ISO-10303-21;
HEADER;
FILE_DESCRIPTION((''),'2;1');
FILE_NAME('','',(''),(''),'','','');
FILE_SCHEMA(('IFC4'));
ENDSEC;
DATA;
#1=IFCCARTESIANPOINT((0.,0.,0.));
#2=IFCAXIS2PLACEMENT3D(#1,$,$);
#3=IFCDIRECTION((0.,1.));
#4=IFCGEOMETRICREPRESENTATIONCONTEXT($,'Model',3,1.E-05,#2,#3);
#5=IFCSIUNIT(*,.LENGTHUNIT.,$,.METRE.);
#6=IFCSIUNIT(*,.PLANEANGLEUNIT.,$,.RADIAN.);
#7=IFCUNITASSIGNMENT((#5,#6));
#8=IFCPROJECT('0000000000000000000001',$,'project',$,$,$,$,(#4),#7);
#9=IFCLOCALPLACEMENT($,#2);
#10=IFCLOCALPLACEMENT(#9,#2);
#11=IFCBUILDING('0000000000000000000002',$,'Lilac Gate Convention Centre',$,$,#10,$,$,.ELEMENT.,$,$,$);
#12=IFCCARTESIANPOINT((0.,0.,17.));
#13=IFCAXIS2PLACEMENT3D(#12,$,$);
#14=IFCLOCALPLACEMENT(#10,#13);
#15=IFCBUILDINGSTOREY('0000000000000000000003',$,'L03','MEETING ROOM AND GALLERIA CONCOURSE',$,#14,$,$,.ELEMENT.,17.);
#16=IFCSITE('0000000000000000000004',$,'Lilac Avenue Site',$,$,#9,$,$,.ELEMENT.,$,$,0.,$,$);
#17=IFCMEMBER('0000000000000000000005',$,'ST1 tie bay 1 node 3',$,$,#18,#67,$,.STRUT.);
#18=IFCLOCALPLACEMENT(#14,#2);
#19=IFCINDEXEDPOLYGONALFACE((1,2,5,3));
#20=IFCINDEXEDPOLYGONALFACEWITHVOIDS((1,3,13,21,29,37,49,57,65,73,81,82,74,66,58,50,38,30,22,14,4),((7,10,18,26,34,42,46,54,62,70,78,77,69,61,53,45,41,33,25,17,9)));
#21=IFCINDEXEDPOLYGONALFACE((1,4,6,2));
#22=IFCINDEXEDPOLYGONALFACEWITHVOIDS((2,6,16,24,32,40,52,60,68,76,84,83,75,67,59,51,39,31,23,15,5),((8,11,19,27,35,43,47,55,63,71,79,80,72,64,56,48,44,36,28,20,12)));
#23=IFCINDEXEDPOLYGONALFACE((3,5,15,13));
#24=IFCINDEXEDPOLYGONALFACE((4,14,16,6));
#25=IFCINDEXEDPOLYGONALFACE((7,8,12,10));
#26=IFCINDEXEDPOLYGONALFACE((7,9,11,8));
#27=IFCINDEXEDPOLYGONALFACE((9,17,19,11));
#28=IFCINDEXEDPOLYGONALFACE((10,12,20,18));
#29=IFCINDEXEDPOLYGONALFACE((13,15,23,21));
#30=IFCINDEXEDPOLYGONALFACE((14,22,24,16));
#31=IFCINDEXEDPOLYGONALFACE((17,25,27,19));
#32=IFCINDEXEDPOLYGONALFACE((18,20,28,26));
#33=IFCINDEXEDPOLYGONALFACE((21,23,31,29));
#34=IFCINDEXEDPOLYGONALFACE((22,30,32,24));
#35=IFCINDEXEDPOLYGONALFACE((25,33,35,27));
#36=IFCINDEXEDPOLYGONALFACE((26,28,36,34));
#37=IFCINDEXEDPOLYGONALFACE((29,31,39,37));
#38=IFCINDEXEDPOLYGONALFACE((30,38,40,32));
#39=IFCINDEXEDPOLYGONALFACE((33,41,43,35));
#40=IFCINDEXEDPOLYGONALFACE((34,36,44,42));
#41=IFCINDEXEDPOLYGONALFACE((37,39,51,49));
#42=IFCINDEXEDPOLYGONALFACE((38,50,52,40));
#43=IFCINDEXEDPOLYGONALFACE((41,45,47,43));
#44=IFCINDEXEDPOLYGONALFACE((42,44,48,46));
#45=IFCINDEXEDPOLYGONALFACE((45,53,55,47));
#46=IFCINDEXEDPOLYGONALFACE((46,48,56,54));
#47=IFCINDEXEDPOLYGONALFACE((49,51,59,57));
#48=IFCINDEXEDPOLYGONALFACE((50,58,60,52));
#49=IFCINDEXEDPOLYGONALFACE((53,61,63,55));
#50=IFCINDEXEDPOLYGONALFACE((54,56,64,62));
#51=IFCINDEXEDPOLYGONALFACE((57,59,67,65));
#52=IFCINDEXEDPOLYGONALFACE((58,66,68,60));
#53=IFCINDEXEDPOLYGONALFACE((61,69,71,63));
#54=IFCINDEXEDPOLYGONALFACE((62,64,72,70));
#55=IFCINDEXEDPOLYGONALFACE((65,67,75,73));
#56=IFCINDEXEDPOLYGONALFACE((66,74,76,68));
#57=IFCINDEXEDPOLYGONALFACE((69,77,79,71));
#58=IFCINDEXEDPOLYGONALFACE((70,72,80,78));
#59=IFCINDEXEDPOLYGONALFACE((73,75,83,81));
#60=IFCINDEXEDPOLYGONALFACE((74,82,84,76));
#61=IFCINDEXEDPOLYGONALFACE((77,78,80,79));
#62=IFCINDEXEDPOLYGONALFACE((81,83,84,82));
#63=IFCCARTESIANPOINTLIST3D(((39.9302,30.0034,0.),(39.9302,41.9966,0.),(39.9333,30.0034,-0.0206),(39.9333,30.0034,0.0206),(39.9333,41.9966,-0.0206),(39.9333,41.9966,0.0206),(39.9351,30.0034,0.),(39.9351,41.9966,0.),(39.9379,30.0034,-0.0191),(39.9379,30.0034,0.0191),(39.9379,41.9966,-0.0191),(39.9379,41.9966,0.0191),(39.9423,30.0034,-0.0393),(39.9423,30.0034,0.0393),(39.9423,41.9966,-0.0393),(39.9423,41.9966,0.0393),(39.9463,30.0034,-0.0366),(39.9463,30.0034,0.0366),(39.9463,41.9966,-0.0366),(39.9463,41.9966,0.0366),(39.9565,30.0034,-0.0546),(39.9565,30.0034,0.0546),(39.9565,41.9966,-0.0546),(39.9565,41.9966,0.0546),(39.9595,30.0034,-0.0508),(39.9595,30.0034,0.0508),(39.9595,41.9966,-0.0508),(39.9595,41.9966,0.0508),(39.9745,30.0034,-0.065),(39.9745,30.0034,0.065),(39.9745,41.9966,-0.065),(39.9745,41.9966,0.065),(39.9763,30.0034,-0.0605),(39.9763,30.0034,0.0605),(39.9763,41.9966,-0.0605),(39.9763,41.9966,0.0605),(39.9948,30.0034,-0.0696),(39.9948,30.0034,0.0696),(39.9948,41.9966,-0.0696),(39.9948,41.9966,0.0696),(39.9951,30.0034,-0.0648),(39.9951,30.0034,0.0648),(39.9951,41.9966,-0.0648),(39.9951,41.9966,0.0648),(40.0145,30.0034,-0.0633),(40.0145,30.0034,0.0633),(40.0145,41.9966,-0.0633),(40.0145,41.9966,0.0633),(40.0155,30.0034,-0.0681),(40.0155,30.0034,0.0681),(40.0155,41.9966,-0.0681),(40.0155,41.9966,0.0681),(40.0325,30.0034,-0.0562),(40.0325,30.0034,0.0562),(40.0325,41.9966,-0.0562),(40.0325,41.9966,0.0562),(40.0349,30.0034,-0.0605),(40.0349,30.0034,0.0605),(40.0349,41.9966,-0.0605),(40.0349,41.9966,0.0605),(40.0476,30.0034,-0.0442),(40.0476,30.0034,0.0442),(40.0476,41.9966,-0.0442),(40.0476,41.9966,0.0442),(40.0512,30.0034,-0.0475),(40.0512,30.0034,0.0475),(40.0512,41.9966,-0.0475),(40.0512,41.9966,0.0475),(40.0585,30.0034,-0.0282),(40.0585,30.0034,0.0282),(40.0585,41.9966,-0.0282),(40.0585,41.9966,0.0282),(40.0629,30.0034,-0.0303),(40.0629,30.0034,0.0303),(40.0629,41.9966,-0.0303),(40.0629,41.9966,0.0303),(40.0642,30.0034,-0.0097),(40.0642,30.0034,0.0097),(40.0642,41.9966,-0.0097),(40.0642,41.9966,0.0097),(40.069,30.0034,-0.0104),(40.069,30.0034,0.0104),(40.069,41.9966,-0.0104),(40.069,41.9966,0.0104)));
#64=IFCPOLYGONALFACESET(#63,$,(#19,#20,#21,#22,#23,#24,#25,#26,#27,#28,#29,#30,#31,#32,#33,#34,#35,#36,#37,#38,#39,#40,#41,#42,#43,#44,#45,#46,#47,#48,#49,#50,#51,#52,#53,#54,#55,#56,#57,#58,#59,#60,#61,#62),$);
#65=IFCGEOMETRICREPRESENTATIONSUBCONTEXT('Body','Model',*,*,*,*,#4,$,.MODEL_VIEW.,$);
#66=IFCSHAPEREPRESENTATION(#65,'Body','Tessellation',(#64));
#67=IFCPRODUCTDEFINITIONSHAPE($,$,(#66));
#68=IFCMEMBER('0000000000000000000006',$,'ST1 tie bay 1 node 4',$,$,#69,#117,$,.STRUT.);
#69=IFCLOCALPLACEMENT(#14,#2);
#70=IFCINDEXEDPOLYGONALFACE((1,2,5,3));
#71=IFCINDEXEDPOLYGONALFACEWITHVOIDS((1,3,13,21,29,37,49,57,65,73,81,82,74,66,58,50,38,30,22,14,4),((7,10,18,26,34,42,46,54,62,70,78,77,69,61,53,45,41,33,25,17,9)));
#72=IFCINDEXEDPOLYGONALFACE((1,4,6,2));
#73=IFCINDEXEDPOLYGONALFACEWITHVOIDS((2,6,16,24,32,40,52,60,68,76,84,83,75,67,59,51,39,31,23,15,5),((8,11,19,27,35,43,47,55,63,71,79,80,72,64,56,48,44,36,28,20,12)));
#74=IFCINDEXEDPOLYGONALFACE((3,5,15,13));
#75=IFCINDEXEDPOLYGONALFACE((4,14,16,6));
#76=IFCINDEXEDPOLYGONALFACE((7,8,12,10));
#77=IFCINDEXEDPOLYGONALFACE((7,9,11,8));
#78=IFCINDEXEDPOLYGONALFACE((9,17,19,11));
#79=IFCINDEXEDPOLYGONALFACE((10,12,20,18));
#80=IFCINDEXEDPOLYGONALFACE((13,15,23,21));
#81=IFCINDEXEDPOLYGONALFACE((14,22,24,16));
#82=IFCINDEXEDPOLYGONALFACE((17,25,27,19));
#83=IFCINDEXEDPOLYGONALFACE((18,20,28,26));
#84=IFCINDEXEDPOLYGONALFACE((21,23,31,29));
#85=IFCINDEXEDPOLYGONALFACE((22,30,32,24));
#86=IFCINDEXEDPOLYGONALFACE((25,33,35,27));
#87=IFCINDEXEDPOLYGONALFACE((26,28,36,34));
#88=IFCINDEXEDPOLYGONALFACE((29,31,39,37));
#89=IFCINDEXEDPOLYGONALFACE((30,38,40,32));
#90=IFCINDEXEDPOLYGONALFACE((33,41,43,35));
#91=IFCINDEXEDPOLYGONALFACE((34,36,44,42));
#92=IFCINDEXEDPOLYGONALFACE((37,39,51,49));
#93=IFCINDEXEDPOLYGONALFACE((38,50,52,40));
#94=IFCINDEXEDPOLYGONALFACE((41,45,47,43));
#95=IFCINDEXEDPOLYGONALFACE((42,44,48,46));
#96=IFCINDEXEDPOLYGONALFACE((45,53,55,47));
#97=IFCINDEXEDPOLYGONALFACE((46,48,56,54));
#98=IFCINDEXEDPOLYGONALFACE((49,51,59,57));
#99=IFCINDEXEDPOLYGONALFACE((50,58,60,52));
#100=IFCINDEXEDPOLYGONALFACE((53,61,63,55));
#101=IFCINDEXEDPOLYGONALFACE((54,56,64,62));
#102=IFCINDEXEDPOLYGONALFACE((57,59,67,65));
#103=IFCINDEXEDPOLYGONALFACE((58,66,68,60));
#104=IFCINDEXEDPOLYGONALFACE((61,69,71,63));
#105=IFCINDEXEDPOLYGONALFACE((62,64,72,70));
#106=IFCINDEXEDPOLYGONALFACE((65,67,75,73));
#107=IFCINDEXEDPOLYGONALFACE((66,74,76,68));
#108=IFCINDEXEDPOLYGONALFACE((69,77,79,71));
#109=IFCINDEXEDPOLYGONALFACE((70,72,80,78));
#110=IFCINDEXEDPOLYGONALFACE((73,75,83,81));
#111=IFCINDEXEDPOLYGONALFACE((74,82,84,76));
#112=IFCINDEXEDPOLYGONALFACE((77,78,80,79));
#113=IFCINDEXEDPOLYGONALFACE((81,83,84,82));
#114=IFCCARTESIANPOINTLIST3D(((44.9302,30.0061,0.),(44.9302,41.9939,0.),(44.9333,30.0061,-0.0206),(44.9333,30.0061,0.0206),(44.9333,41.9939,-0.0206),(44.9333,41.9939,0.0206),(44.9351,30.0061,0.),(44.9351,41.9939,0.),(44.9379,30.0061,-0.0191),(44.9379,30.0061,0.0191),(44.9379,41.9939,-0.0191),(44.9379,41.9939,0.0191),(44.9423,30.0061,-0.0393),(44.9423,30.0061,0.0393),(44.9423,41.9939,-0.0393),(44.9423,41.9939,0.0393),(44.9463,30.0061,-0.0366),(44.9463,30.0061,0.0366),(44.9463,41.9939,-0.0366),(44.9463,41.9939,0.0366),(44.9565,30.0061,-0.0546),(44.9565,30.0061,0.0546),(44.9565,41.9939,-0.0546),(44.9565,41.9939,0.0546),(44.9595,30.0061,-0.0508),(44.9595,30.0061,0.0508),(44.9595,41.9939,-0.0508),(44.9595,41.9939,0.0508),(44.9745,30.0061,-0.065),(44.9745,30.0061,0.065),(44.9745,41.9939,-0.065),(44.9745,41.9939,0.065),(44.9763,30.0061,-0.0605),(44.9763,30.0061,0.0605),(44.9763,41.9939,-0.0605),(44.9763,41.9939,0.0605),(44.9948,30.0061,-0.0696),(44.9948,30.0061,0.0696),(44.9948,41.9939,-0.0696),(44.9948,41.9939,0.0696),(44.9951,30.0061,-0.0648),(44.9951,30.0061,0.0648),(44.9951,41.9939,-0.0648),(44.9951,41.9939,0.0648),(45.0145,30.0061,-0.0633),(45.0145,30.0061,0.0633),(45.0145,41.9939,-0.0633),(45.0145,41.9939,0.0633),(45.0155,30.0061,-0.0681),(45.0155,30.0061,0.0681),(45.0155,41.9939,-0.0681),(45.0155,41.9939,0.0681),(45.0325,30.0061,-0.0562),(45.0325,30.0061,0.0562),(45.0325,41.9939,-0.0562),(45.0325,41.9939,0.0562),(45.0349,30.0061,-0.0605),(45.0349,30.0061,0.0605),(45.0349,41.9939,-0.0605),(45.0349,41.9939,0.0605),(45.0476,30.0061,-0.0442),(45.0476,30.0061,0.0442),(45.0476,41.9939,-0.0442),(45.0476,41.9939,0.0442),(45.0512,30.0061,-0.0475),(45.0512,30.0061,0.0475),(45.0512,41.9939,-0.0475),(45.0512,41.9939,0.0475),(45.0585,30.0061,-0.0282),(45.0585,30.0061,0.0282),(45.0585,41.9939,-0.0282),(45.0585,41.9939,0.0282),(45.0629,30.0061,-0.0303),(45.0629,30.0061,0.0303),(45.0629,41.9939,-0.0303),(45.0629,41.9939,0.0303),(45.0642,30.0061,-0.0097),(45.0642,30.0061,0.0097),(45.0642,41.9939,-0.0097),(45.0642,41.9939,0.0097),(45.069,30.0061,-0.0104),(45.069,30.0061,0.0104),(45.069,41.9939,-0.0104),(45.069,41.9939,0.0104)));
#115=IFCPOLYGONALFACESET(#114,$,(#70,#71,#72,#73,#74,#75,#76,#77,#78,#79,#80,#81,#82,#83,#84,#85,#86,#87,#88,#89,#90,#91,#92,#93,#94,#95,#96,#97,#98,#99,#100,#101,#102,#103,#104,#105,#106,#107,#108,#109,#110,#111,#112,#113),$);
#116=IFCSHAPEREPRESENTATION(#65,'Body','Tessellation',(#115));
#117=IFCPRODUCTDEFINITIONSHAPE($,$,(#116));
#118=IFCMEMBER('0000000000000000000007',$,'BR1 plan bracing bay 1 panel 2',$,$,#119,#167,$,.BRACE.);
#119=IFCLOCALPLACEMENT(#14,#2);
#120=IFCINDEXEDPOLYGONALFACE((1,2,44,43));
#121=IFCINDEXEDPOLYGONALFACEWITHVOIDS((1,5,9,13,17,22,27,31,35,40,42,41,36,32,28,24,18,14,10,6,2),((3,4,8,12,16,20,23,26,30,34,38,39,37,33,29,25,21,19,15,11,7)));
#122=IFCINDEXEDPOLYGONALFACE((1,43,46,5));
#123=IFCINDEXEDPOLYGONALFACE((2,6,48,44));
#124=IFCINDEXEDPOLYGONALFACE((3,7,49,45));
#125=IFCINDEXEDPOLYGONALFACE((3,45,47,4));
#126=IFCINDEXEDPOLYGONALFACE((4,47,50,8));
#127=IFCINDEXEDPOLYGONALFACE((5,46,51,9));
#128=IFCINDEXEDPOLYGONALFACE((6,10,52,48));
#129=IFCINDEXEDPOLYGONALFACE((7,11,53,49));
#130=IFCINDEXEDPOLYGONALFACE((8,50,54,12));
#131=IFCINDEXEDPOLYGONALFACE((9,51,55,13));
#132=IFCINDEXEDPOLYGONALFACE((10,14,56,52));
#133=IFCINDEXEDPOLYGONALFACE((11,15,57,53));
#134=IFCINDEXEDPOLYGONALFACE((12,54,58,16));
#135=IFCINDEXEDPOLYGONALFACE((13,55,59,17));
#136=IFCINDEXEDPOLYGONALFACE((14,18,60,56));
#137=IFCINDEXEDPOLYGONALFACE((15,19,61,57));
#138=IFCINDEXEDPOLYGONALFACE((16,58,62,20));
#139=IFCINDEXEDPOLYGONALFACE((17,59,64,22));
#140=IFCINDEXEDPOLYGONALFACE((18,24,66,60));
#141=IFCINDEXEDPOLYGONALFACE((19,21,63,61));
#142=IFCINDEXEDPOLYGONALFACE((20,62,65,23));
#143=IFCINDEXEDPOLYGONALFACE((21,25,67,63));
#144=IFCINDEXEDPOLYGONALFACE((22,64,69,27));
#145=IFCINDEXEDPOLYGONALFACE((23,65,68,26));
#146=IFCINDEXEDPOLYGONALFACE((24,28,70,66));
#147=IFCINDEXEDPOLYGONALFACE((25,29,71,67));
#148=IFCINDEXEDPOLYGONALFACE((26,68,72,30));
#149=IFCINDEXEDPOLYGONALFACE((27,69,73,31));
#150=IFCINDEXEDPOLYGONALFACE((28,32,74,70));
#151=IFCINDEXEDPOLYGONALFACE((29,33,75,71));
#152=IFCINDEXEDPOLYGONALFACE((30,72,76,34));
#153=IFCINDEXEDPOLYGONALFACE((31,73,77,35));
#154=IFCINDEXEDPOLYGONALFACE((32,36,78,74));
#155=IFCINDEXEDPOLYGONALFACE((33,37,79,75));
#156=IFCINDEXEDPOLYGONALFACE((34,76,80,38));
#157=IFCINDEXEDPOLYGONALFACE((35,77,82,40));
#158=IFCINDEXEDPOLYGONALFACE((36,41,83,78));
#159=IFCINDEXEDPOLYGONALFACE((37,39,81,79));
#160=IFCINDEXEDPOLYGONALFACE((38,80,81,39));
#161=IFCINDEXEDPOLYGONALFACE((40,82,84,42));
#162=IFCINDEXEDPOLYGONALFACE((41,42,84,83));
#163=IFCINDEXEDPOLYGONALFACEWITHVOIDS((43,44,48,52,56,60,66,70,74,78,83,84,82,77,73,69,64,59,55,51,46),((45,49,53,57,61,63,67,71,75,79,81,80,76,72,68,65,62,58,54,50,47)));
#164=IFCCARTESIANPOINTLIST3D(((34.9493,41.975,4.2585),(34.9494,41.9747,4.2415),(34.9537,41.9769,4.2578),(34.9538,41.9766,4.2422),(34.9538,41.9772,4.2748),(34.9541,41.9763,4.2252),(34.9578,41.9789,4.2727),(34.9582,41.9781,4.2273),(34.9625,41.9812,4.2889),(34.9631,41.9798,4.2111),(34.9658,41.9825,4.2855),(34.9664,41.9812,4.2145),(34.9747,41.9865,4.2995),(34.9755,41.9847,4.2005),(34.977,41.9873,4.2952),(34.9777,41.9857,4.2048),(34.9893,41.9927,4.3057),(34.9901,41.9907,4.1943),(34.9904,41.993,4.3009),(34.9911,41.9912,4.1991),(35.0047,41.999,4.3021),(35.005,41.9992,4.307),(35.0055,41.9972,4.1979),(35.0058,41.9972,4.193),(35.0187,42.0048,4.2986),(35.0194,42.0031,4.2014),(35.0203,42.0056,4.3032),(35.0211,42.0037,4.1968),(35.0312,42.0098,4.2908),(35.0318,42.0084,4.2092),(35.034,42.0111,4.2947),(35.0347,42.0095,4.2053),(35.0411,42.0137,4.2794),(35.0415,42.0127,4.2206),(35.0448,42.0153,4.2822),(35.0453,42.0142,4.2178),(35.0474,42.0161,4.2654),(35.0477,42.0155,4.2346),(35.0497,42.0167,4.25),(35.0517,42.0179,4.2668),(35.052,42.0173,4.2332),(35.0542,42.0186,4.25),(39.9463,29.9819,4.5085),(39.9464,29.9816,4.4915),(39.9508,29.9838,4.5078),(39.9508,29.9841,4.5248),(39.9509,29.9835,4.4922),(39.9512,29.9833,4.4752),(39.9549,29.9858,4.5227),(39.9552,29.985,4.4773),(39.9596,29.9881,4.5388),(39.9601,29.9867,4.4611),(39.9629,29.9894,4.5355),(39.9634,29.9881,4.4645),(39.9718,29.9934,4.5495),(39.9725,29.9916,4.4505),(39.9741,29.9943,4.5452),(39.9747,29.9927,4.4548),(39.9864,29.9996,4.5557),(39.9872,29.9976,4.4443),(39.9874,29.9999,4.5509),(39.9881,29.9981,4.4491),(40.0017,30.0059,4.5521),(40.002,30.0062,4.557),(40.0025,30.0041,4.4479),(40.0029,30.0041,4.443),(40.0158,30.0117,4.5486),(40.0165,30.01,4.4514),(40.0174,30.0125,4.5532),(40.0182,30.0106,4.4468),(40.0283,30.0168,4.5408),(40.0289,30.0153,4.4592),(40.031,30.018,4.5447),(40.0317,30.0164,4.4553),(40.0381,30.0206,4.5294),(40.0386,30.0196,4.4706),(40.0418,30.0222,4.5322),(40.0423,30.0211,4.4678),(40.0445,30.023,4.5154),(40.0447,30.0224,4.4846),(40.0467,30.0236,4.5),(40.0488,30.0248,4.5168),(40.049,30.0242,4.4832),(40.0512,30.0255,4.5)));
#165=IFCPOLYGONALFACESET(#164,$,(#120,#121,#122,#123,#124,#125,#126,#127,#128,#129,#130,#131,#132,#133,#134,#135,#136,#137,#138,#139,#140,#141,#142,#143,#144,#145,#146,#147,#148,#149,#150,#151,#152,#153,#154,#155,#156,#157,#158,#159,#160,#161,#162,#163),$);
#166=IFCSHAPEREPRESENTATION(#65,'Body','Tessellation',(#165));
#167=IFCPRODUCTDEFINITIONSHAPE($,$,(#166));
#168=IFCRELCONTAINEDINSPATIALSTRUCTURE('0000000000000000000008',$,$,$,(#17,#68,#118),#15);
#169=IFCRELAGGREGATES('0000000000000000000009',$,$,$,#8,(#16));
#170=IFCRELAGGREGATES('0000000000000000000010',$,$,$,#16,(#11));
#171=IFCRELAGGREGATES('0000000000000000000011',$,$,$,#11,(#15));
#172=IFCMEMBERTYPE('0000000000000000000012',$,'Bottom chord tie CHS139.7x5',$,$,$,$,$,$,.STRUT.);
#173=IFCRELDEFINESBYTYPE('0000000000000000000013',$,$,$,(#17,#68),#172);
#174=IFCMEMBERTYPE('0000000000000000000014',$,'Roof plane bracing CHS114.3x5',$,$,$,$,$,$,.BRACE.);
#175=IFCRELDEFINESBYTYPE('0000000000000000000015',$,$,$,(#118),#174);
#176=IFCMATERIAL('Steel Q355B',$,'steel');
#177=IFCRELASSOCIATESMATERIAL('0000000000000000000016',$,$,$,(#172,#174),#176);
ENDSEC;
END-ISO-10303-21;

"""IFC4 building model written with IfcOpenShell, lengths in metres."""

from ifc_helpers import new_model, si_unit, direction, frame, origin, origin_2d, place, context, subcontext, project, spatial, hollow_circle, extrude, material, material_profile, profile_set, type_object, element, save


model = new_model("IFC4")

# Units and contexts
model_context = context("Model", 3, precision=1e-05, world=origin(), true_north=direction((0.0, 1.0)))
body_context = subcontext(model_context, "Body", "Model", "MODEL_VIEW")
ifc_project = project(units=[si_unit("LENGTHUNIT", "METRE"), si_unit("PLANEANGLEUNIT", "RADIAN")], contexts=[model_context])

# Site, building, storey
site_placement = place(None, origin())
site = spatial("IfcSite", under=ifc_project, at=site_placement, Name="Lilac Avenue Site", CompositionType="ELEMENT", RefElevation=0.0)
building_placement = place(site_placement, origin())
building = spatial("IfcBuilding", under=site, at=building_placement, Name="Lilac Gate Convention Centre", CompositionType="ELEMENT")
storey_placement = place(building_placement, frame((0.0, 0.0, 17.0)))
storey = spatial("IfcBuildingStorey", under=building, at=storey_placement, Name="L03", Description="MEETING ROOM AND GALLERIA CONCOURSE", CompositionType="ELEMENT", Elevation=17.0)

# Members
ifc_material = material(Name="Steel Q355B", Category="steel")
ifc_material_profile_1 = material_profile(ifc_material, hollow_circle(Radius=0.0698, WallThickness=0.0049, at=origin_2d()), Name="CHS139.7x5")
ifc_profile_set_1 = profile_set([ifc_material_profile_1], Name="Steel Q355B")
member_type_1 = type_object("IfcMemberType", Name="Bottom chord tie CHS139.7x5", PredefinedType="STRUT", material=ifc_profile_set_1)
member_1_placement = place(storey_placement, frame((40.0, 30.0034, 0.0), z_axis=(0.0, 1.0, 0.0), x_axis=(-1.0, 0.0, 0.0)))
element("IfcMember", 1, at=member_1_placement, inside=storey, type_object=member_type_1, Name="ST1 tie bay 1 node 3", PredefinedType="STRUT", context=body_context, shape_type="SweptSolid", body=[
    extrude(hollow_circle(Radius=0.0698, WallThickness=0.0049, at=origin_2d()), origin(), (0.0, 0.0, 1.0), 11.9932),
])
member_2_placement = place(storey_placement, frame((45.0, 30.0061, 0.0), z_axis=(0.0, 1.0, 0.0), x_axis=(-1.0, 0.0, 0.0)))
element("IfcMember", 2, at=member_2_placement, inside=storey, type_object=member_type_1, Name="ST1 tie bay 1 node 4", PredefinedType="STRUT", context=body_context, shape_type="SweptSolid", body=[
    extrude(hollow_circle(Radius=0.0698, WallThickness=0.0049, at=origin_2d()), origin(), (0.0, 0.0, 1.0), 11.9878),
])
ifc_material_profile_2 = material_profile(ifc_material, hollow_circle(Radius=0.0571, WallThickness=0.0049, at=origin_2d()), Name="CHS114.3x5")
ifc_profile_set_2 = profile_set([ifc_material_profile_2], Name="Steel Q355B")
member_type_2 = type_object("IfcMemberType", Name="Roof plane bracing CHS114.3x5", PredefinedType="BRACE", material=ifc_profile_set_2)
for number, where, z_axis, x_axis, name in (
    (3, (35.0015, 41.9966, 4.25), (0.384539, -0.922908, 0.019238), (0.923079, 0.38461, 0.0), "BR1 plan bracing bay 1 panel 2"),
):
    element("IfcMember", number, at=place(storey_placement, frame(where, z_axis=z_axis, x_axis=x_axis)), inside=storey, type_object=member_type_2, Name=name, PredefinedType="BRACE", context=body_context, shape_type="SweptSolid", body=[
        extrude(hollow_circle(Radius=0.0571, WallThickness=0.0049, at=origin_2d()), origin(), (0.0, 0.0, 1.0), 12.9949),
    ])

save(model, "model.ifc")
